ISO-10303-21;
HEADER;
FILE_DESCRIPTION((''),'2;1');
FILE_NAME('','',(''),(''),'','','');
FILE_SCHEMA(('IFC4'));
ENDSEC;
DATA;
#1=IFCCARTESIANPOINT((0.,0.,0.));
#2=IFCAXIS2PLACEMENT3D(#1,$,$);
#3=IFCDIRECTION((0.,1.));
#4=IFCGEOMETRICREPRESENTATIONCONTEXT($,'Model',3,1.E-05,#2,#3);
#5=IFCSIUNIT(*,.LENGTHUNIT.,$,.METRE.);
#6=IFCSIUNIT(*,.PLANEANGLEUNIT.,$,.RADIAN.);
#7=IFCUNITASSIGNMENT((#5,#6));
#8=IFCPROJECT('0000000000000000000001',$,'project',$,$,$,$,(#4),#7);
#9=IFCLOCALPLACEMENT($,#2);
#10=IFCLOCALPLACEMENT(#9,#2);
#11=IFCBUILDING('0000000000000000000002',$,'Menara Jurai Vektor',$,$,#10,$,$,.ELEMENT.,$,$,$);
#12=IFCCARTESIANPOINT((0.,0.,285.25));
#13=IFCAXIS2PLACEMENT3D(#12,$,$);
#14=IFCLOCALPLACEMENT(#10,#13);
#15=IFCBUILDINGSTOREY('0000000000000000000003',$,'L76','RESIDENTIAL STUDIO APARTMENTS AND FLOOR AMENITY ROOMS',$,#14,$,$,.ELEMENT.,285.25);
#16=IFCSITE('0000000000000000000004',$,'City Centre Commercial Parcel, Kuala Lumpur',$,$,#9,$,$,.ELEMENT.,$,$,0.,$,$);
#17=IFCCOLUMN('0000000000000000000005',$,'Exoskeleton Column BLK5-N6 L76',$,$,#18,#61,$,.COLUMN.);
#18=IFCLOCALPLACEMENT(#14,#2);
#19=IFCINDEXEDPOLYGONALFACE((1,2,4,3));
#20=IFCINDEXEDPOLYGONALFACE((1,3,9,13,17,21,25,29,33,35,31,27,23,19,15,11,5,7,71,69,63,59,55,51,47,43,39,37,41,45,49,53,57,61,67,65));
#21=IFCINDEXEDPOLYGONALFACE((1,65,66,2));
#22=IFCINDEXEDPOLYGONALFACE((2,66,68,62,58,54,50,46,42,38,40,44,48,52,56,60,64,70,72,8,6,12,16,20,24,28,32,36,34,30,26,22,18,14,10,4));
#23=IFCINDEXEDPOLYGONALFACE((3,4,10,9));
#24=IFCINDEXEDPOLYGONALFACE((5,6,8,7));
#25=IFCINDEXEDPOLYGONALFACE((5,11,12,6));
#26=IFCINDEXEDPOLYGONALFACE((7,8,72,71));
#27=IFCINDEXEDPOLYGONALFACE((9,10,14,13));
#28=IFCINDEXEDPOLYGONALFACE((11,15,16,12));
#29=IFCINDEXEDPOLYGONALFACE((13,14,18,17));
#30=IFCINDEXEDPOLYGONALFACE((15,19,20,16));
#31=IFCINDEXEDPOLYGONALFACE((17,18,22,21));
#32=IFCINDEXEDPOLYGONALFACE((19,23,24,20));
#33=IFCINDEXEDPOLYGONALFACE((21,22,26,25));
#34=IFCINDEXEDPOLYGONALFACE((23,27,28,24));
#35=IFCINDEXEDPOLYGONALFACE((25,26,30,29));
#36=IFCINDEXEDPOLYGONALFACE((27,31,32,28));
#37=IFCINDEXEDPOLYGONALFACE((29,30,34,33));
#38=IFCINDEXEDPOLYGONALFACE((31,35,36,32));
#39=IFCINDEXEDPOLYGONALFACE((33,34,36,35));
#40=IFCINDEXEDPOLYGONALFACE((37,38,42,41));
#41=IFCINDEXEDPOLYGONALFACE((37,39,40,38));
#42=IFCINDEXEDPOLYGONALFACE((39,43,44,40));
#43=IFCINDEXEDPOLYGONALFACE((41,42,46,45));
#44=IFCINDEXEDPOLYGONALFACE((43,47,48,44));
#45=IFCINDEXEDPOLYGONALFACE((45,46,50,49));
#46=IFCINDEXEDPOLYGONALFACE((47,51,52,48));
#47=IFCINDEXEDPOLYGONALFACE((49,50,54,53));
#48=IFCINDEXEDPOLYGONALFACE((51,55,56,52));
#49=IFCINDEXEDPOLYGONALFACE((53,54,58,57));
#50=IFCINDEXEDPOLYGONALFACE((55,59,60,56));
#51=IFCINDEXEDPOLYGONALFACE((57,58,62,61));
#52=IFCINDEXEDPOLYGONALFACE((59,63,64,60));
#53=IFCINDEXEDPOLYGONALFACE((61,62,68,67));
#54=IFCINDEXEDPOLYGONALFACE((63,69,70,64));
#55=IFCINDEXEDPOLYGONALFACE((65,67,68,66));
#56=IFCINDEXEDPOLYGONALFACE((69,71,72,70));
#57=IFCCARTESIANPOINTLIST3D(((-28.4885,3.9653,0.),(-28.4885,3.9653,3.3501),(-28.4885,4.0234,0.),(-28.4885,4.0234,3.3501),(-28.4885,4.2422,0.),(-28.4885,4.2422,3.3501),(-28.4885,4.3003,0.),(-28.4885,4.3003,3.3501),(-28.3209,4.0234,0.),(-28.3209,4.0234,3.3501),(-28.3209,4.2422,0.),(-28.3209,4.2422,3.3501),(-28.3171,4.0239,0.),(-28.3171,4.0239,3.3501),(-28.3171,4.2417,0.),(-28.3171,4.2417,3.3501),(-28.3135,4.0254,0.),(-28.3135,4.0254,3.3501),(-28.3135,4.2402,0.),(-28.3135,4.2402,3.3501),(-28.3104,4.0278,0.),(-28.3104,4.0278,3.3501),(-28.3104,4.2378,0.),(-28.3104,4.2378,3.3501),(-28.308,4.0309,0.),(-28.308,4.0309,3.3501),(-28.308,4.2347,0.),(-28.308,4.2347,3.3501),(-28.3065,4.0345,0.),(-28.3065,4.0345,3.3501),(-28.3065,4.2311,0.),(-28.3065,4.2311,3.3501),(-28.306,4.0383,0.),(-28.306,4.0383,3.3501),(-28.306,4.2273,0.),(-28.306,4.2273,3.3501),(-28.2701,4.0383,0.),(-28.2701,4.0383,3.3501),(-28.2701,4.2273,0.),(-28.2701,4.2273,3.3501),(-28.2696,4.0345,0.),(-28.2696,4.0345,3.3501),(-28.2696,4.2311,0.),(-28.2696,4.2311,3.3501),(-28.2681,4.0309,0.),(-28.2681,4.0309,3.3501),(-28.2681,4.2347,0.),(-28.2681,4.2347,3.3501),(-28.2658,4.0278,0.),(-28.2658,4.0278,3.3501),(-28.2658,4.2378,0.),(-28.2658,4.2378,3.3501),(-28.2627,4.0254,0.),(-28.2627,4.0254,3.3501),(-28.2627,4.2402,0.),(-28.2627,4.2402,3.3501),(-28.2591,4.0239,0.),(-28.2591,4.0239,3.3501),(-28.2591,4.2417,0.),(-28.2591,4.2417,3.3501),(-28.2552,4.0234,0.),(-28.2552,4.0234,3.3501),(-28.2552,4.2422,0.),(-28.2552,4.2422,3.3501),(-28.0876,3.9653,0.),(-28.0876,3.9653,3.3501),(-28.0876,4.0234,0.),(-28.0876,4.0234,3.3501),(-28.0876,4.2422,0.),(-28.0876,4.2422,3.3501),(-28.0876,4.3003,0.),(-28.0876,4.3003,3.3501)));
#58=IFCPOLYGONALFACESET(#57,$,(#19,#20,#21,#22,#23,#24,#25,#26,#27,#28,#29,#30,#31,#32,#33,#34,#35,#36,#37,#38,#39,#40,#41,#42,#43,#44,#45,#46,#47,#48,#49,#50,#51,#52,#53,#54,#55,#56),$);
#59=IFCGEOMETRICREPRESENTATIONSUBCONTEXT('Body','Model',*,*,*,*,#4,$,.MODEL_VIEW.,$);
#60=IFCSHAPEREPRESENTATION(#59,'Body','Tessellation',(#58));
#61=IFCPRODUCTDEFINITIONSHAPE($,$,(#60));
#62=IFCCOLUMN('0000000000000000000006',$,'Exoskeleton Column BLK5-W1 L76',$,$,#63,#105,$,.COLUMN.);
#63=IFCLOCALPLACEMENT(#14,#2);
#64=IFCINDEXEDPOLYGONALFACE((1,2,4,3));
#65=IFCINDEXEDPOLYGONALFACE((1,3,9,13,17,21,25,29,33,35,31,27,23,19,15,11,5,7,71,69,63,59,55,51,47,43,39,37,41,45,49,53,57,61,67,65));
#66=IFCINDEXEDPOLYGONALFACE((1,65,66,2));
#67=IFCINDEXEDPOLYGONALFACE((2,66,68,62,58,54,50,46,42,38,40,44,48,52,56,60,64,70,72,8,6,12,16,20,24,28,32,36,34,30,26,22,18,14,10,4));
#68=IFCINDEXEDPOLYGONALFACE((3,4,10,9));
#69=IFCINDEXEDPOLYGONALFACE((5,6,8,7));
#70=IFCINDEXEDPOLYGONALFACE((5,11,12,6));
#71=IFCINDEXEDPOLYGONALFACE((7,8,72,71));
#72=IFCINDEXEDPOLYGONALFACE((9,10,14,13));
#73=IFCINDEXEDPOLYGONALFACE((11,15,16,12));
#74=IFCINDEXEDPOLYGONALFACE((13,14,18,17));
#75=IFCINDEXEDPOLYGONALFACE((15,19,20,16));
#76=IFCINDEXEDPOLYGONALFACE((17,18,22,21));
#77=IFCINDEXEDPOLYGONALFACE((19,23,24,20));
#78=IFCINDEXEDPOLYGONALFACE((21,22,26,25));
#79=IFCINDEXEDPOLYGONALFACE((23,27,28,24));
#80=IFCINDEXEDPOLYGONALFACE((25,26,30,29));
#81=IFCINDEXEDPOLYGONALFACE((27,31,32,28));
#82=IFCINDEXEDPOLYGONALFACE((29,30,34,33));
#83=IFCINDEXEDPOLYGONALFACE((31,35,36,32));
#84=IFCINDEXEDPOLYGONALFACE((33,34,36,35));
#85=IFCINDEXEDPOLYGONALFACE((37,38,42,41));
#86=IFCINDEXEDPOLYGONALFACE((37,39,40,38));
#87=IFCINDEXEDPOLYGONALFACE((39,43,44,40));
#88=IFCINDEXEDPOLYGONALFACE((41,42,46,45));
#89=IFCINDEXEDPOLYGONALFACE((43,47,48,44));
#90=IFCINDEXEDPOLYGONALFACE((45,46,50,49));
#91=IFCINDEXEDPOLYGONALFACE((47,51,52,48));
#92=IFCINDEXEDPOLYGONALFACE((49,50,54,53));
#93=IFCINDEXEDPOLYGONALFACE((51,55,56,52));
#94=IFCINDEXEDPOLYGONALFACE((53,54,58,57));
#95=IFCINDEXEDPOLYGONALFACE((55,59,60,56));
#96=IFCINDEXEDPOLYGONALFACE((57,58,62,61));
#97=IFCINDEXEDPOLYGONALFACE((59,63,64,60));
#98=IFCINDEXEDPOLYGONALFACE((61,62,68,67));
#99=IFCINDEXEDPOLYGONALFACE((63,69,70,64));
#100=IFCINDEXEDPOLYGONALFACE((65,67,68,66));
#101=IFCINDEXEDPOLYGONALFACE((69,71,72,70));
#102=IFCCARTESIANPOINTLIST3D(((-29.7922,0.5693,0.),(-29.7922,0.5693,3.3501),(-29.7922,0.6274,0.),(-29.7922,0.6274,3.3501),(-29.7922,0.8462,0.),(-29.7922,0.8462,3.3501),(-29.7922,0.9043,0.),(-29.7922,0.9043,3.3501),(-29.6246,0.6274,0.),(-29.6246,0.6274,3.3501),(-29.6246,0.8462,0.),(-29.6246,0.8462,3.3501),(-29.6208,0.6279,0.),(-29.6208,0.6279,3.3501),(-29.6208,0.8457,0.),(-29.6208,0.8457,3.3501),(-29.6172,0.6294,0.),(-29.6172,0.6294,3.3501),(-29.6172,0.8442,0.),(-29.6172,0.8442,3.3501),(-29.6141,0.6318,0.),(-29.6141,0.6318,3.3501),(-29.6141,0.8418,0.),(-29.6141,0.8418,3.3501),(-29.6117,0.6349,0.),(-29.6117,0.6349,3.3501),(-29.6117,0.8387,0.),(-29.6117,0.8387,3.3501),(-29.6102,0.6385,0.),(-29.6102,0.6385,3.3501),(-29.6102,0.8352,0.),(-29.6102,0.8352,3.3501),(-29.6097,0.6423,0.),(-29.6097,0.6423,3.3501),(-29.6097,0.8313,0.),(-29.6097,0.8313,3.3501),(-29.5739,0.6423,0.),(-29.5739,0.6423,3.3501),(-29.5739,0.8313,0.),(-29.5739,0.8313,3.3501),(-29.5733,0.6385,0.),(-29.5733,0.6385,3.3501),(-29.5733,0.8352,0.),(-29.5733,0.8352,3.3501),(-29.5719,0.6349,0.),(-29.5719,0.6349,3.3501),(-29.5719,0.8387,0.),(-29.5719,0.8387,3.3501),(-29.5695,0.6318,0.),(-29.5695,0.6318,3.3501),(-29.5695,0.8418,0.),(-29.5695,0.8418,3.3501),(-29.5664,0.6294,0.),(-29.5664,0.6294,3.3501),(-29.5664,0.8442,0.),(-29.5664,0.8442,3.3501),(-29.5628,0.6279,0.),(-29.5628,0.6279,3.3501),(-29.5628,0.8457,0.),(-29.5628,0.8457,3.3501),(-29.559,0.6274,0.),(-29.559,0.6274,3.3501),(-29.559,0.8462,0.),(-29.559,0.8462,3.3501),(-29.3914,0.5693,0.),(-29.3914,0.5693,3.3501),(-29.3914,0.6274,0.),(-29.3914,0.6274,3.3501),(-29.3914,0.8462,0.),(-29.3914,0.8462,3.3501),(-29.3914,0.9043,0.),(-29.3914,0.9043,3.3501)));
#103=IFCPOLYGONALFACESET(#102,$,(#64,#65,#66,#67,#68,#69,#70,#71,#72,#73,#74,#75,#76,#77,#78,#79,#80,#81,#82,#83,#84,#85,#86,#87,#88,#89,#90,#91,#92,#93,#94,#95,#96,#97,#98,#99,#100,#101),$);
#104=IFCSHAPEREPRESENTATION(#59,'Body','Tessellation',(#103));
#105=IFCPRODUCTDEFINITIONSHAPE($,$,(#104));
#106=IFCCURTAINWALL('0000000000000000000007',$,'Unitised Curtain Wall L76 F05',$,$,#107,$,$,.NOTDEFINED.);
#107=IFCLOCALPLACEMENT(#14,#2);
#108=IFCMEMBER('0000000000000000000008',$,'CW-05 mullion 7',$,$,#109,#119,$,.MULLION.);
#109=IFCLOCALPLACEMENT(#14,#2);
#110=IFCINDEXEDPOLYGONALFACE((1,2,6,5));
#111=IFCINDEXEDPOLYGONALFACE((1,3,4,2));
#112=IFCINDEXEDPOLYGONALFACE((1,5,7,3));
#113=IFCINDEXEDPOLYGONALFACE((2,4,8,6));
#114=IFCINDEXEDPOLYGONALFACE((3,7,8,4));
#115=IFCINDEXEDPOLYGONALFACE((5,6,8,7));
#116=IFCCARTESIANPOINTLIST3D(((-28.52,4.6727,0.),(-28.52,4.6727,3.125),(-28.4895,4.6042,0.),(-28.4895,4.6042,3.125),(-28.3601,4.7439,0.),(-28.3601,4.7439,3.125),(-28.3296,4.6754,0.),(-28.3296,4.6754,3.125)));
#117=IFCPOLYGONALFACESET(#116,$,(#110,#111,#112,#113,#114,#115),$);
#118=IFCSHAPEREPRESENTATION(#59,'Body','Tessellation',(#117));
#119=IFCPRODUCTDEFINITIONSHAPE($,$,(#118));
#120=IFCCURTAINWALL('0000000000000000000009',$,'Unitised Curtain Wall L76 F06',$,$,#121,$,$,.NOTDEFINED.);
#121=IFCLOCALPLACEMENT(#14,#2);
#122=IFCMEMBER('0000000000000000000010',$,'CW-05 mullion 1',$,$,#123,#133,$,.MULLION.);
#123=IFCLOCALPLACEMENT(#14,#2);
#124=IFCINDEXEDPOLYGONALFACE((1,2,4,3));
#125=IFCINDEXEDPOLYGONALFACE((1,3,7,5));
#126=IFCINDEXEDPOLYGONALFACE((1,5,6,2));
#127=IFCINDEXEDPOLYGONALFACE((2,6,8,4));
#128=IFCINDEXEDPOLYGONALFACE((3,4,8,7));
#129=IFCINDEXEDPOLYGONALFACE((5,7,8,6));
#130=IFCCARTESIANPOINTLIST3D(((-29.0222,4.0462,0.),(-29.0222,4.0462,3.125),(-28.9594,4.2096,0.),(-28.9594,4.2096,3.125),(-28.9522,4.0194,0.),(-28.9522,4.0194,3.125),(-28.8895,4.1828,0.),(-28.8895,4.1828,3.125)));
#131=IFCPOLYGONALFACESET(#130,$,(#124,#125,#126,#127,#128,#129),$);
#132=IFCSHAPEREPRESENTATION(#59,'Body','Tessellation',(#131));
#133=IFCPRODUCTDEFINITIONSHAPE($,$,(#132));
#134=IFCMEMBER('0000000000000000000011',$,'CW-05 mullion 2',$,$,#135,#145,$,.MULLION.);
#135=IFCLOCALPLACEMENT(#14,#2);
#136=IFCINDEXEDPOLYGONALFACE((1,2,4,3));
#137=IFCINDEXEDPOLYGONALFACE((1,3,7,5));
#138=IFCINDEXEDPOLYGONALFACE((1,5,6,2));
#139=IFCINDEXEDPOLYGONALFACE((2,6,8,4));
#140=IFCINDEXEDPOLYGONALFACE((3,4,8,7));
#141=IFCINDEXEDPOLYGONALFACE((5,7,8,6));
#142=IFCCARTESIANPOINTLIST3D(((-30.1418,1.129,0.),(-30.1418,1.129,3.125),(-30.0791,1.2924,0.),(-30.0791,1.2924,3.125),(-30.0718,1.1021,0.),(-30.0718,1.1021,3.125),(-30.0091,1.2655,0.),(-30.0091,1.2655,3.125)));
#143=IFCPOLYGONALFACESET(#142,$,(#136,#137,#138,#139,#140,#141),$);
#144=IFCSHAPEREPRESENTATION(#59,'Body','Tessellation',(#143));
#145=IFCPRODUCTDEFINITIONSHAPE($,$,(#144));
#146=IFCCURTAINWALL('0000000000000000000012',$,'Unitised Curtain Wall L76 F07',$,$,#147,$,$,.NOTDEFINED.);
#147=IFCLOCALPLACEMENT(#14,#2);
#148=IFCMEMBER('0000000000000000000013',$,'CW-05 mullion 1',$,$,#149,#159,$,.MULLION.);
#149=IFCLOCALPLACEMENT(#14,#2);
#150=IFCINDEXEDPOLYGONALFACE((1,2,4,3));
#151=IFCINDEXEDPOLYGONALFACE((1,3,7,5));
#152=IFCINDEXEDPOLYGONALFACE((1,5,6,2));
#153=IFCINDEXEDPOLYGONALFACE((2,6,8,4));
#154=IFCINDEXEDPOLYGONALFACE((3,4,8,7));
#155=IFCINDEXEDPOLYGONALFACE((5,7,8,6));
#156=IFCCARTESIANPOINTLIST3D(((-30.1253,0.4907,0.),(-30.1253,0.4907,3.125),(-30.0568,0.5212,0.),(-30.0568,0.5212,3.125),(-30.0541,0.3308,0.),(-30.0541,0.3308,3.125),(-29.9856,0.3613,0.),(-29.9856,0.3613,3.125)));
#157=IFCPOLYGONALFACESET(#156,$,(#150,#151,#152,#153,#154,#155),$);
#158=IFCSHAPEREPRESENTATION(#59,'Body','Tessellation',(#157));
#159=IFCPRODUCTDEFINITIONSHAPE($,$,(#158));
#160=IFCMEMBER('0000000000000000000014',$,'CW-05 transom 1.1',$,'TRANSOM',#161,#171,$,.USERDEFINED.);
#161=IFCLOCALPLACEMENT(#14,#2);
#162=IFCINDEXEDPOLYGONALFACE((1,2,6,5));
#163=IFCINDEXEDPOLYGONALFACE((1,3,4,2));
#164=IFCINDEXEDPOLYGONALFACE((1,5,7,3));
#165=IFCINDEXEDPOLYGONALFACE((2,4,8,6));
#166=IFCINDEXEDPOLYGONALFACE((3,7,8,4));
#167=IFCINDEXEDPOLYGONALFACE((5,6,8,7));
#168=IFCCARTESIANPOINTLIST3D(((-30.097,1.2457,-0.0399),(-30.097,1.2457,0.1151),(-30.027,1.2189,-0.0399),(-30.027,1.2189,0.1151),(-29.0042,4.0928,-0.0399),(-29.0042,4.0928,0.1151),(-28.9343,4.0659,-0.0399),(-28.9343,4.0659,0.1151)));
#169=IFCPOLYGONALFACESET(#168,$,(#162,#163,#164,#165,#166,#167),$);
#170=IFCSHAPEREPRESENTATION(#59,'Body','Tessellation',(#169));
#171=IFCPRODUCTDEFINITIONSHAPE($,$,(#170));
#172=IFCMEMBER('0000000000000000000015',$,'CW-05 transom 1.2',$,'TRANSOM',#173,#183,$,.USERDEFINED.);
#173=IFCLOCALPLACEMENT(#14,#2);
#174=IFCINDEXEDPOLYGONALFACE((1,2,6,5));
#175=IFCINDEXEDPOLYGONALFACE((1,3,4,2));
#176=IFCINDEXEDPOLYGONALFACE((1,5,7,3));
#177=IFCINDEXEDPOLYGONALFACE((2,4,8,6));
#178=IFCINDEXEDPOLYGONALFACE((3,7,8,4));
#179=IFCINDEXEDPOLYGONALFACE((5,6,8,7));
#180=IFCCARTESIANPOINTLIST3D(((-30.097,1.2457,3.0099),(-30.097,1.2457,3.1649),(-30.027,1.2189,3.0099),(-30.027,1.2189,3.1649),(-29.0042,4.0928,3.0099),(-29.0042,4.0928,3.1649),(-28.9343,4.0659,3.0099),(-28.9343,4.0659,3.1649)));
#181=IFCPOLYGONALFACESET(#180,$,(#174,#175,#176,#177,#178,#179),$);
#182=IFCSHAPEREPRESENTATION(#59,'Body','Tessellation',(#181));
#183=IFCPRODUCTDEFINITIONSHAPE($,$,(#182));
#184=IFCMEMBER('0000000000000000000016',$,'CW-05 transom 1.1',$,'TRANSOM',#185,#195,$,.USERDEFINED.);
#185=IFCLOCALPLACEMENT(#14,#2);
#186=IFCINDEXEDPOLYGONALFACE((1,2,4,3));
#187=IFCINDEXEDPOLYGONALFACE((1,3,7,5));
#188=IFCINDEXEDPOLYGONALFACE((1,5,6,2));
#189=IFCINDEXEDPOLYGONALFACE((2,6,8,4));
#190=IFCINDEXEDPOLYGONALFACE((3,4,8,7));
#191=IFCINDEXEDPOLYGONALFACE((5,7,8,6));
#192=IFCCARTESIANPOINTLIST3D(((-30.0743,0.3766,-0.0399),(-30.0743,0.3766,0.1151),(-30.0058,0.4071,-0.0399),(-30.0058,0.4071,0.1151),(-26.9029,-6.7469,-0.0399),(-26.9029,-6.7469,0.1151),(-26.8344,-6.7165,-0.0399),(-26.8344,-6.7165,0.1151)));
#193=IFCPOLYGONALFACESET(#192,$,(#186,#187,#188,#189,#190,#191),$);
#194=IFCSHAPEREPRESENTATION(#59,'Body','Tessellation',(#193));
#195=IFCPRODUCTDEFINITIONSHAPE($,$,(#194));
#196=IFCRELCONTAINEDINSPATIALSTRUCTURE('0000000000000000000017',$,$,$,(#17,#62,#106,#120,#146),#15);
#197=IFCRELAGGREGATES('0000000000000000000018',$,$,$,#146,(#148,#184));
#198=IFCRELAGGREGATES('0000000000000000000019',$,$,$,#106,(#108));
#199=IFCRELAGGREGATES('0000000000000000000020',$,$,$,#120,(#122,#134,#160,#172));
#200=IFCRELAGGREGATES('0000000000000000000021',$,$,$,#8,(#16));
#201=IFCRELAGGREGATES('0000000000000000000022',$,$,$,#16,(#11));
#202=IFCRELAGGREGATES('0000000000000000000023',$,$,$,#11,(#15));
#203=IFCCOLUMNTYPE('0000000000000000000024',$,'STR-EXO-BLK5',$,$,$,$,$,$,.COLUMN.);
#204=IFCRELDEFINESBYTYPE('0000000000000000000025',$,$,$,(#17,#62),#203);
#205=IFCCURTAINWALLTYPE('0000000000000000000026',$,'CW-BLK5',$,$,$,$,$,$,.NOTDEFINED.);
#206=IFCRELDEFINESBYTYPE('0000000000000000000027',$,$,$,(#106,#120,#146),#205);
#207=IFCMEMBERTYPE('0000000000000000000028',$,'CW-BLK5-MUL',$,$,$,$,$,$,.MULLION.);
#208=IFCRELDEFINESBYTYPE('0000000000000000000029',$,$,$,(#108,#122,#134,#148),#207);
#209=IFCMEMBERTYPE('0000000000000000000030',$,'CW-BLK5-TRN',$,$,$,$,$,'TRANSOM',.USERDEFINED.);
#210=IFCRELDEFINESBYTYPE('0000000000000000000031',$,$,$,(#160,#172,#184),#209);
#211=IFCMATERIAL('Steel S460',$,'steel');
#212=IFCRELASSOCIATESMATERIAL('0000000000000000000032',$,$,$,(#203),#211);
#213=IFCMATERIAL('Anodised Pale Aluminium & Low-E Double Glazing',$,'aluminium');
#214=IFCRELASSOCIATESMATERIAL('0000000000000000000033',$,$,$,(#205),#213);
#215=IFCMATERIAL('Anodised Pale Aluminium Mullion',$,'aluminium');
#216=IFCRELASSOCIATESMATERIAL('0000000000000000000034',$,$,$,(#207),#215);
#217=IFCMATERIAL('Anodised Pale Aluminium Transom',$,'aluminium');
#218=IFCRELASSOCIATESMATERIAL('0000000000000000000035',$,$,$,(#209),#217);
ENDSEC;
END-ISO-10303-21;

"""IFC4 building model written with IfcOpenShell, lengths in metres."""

from ifc_helpers import new_model, si_unit, direction, frame, origin, origin_2d, place, context, subcontext, project, spatial, rectangle, i_section, extrude, material, material_profile, profile_set, type_object, element, aggregate, save


model = new_model("IFC4")

# Units and contexts
model_context = context("Model", 3, precision=1e-05, world=origin(), true_north=direction((0.0, 1.0)))
body_context = subcontext(model_context, "Body", "Model", "MODEL_VIEW")
ifc_project = project(units=[si_unit("LENGTHUNIT", "METRE"), si_unit("PLANEANGLEUNIT", "RADIAN")], contexts=[model_context])

# Site, building, storey
site_placement = place(None, origin())
site = spatial("IfcSite", under=ifc_project, at=site_placement, Name="City Centre Commercial Parcel, Kuala Lumpur", CompositionType="ELEMENT", RefElevation=0.0)
building_placement = place(site_placement, origin())
building = spatial("IfcBuilding", under=site, at=building_placement, Name="Menara Jurai Vektor", CompositionType="ELEMENT")
storey_placement = place(building_placement, frame((0.0, 0.0, 285.25)))
storey = spatial("IfcBuildingStorey", under=building, at=storey_placement, Name="L76", Description="RESIDENTIAL STUDIO APARTMENTS AND FLOOR AMENITY ROOMS", CompositionType="ELEMENT", Elevation=285.25)

# Columns
ifc_material_1 = material(Name="Steel S460", Category="steel")
ifc_material_profile_1 = material_profile(ifc_material_1, i_section(OverallWidth=0.4009, OverallDepth=0.335, WebThickness=0.0359, FlangeThickness=0.0581, FilletRadius=0.0149, at=origin_2d()), Name="HD 400x463")
ifc_profile_set_1 = profile_set([ifc_material_profile_1], Name="Steel S460")
column_type = type_object("IfcColumnType", Name="STR-EXO-BLK5", PredefinedType="COLUMN", material=ifc_profile_set_1)
for number, where, z_axis, x_axis, name in (
    (1, (-28.2881, 4.1328, 0.0), (0.0, 0.0, 1.0), (1.0, 0.0, 0.0), "Exoskeleton Column BLK5-N6 L76"),
    (2, (-29.5918, 0.7368, 0.0), (0.0, 0.0, 1.0), (1.0, 0.0, 0.0), "Exoskeleton Column BLK5-W1 L76"),
):
    element("IfcColumn", number, at=place(storey_placement, frame(where, z_axis=z_axis, x_axis=x_axis)), inside=storey, type_object=column_type, Name=name, PredefinedType="COLUMN", context=body_context, shape_type="SweptSolid", body=[
        extrude(i_section(OverallWidth=0.4009, OverallDepth=0.335, WebThickness=0.0359, FlangeThickness=0.0581, FilletRadius=0.0149, at=origin_2d()), origin(), (0.0, 0.0, 1.0), 3.3501),
    ])

# Curtain wall, member
ifc_material_2 = material(Name="Anodised Pale Aluminium & Low-E Double Glazing", Category="aluminium")
curtain_wall_type = type_object("IfcCurtainWallType", Name="CW-BLK5", PredefinedType="NOTDEFINED", material=ifc_material_2)
curtain_wall_1_placement = place(storey_placement, origin())
curtain_wall_1 = element("IfcCurtainWall", 3, at=curtain_wall_1_placement, inside=storey, type_object=curtain_wall_type, Name="Unitised Curtain Wall L76 F05", PredefinedType="NOTDEFINED")
ifc_material_3 = material(Name="Anodised Pale Aluminium Mullion", Category="aluminium")
ifc_material_profile_2 = material_profile(ifc_material_3, rectangle(XDim=0.075, YDim=0.175, at=origin_2d()), Name="ALU MUL 75x175")
ifc_profile_set_2 = profile_set([ifc_material_profile_2], Name="Anodised Pale Aluminium Mullion")
member_type_1 = type_object("IfcMemberType", Name="CW-BLK5-MUL", PredefinedType="MULLION", material=ifc_profile_set_2)
member_1_placement = place(storey_placement, frame((-28.4248, 4.6741, 0.0), z_axis=(0.0, 0.0, 1.0), x_axis=(0.406735, -0.913546, 0.0)))
member_1 = element("IfcMember", 4, at=member_1_placement, type_object=member_type_1, Name="CW-05 mullion 7", PredefinedType="MULLION", context=body_context, shape_type="SweptSolid", body=[
    extrude(rectangle(XDim=0.075, YDim=0.175, at=origin_2d()), origin(), (0.0, 0.0, 1.0), 3.125),
])

# Curtain wall, members
curtain_wall_2_placement = place(storey_placement, origin())
curtain_wall_2 = element("IfcCurtainWall", 5, at=curtain_wall_2_placement, inside=storey, type_object=curtain_wall_type, Name="Unitised Curtain Wall L76 F06", PredefinedType="NOTDEFINED")
member_2_placement = place(storey_placement, frame((-28.9558, 4.1145, 0.0), z_axis=(0.0, 0.0, 1.0), x_axis=(0.933578, -0.358374, 0.0)))
member_2 = element("IfcMember", 6, at=member_2_placement, type_object=member_type_1, Name="CW-05 mullion 1", PredefinedType="MULLION", context=body_context, shape_type="SweptSolid", body=[
    extrude(rectangle(XDim=0.075, YDim=0.175, at=origin_2d()), origin(), (0.0, 0.0, 1.0), 3.125),
])
member_3_placement = place(storey_placement, frame((-30.0754, 1.1973, 0.0), z_axis=(0.0, 0.0, 1.0), x_axis=(0.933578, -0.358374, 0.0)))
member_3 = element("IfcMember", 7, at=member_3_placement, type_object=member_type_1, Name="CW-05 mullion 2", PredefinedType="MULLION", context=body_context, shape_type="SweptSolid", body=[
    extrude(rectangle(XDim=0.075, YDim=0.175, at=origin_2d()), origin(), (0.0, 0.0, 1.0), 3.125),
])

# Curtain wall, member
curtain_wall_3_placement = place(storey_placement, origin())
curtain_wall_3 = element("IfcCurtainWall", 8, at=curtain_wall_3_placement, inside=storey, type_object=curtain_wall_type, Name="Unitised Curtain Wall L76 F07", PredefinedType="NOTDEFINED")
member_4_placement = place(storey_placement, frame((-30.0554, 0.426, 0.0), z_axis=(0.0, 0.0, 1.0), x_axis=(0.913546, 0.406735, 0.0)))
member_4 = element("IfcMember", 9, at=member_4_placement, type_object=member_type_1, Name="CW-05 mullion 1", PredefinedType="MULLION", context=body_context, shape_type="SweptSolid", body=[
    extrude(rectangle(XDim=0.075, YDim=0.175, at=origin_2d()), origin(), (0.0, 0.0, 1.0), 3.125),
])

# Members
ifc_material_4 = material(Name="Anodised Pale Aluminium Transom", Category="aluminium")
ifc_material_profile_3 = material_profile(ifc_material_4, rectangle(XDim=0.075, YDim=0.155, at=origin_2d()), Name="ALU TRN 75x155")
ifc_profile_set_3 = profile_set([ifc_material_profile_3], Name="Anodised Pale Aluminium Transom")
member_type_2 = type_object("IfcMemberType", Name="CW-BLK5-TRN", ElementType="TRANSOM", PredefinedType="USERDEFINED", material=ifc_profile_set_3)
member_5_placement = place(storey_placement, frame((-28.9692, 4.0793, 0.0376), z_axis=(-0.358325, -0.933597, 0.0), x_axis=(0.933597, -0.358325, 0.0)))
member_5 = element("IfcMember", 10, at=member_5_placement, type_object=member_type_2, Name="CW-05 transom 1.1", ObjectType="TRANSOM", PredefinedType="USERDEFINED", context=body_context, shape_type="SweptSolid", body=[
    extrude(rectangle(XDim=0.075, YDim=0.155, at=origin_2d()), origin(), (0.0, 0.0, 1.0), 3.0496),
])
member_6_placement = place(storey_placement, frame((-28.9692, 4.0793, 3.0874), z_axis=(-0.358325, -0.933597, 0.0), x_axis=(0.933597, -0.358325, 0.0)))
member_6 = element("IfcMember", 11, at=member_6_placement, type_object=member_type_2, Name="CW-05 transom 1.2", ObjectType="TRANSOM", PredefinedType="USERDEFINED", context=body_context, shape_type="SweptSolid", body=[
    extrude(rectangle(XDim=0.075, YDim=0.155, at=origin_2d()), origin(), (0.0, 0.0, 1.0), 3.0496),
])
member_7_placement = place(storey_placement, frame((-30.04, 0.3918, 0.0376), z_axis=(0.406714, -0.913556, 0.0), x_axis=(0.913556, 0.406714, 0.0)))
member_7 = element("IfcMember", 12, at=member_7_placement, type_object=member_type_2, Name="CW-05 transom 1.1", ObjectType="TRANSOM", PredefinedType="USERDEFINED", context=body_context, shape_type="SweptSolid", body=[
    extrude(rectangle(XDim=0.075, YDim=0.155, at=origin_2d()), origin(), (0.0, 0.0, 1.0), 7.7976),
])
aggregate(curtain_wall_3, [member_4, member_7])

aggregate(curtain_wall_1, [member_1])
aggregate(curtain_wall_2, [member_2, member_3, member_5, member_6])

save(model, "model.ifc")
